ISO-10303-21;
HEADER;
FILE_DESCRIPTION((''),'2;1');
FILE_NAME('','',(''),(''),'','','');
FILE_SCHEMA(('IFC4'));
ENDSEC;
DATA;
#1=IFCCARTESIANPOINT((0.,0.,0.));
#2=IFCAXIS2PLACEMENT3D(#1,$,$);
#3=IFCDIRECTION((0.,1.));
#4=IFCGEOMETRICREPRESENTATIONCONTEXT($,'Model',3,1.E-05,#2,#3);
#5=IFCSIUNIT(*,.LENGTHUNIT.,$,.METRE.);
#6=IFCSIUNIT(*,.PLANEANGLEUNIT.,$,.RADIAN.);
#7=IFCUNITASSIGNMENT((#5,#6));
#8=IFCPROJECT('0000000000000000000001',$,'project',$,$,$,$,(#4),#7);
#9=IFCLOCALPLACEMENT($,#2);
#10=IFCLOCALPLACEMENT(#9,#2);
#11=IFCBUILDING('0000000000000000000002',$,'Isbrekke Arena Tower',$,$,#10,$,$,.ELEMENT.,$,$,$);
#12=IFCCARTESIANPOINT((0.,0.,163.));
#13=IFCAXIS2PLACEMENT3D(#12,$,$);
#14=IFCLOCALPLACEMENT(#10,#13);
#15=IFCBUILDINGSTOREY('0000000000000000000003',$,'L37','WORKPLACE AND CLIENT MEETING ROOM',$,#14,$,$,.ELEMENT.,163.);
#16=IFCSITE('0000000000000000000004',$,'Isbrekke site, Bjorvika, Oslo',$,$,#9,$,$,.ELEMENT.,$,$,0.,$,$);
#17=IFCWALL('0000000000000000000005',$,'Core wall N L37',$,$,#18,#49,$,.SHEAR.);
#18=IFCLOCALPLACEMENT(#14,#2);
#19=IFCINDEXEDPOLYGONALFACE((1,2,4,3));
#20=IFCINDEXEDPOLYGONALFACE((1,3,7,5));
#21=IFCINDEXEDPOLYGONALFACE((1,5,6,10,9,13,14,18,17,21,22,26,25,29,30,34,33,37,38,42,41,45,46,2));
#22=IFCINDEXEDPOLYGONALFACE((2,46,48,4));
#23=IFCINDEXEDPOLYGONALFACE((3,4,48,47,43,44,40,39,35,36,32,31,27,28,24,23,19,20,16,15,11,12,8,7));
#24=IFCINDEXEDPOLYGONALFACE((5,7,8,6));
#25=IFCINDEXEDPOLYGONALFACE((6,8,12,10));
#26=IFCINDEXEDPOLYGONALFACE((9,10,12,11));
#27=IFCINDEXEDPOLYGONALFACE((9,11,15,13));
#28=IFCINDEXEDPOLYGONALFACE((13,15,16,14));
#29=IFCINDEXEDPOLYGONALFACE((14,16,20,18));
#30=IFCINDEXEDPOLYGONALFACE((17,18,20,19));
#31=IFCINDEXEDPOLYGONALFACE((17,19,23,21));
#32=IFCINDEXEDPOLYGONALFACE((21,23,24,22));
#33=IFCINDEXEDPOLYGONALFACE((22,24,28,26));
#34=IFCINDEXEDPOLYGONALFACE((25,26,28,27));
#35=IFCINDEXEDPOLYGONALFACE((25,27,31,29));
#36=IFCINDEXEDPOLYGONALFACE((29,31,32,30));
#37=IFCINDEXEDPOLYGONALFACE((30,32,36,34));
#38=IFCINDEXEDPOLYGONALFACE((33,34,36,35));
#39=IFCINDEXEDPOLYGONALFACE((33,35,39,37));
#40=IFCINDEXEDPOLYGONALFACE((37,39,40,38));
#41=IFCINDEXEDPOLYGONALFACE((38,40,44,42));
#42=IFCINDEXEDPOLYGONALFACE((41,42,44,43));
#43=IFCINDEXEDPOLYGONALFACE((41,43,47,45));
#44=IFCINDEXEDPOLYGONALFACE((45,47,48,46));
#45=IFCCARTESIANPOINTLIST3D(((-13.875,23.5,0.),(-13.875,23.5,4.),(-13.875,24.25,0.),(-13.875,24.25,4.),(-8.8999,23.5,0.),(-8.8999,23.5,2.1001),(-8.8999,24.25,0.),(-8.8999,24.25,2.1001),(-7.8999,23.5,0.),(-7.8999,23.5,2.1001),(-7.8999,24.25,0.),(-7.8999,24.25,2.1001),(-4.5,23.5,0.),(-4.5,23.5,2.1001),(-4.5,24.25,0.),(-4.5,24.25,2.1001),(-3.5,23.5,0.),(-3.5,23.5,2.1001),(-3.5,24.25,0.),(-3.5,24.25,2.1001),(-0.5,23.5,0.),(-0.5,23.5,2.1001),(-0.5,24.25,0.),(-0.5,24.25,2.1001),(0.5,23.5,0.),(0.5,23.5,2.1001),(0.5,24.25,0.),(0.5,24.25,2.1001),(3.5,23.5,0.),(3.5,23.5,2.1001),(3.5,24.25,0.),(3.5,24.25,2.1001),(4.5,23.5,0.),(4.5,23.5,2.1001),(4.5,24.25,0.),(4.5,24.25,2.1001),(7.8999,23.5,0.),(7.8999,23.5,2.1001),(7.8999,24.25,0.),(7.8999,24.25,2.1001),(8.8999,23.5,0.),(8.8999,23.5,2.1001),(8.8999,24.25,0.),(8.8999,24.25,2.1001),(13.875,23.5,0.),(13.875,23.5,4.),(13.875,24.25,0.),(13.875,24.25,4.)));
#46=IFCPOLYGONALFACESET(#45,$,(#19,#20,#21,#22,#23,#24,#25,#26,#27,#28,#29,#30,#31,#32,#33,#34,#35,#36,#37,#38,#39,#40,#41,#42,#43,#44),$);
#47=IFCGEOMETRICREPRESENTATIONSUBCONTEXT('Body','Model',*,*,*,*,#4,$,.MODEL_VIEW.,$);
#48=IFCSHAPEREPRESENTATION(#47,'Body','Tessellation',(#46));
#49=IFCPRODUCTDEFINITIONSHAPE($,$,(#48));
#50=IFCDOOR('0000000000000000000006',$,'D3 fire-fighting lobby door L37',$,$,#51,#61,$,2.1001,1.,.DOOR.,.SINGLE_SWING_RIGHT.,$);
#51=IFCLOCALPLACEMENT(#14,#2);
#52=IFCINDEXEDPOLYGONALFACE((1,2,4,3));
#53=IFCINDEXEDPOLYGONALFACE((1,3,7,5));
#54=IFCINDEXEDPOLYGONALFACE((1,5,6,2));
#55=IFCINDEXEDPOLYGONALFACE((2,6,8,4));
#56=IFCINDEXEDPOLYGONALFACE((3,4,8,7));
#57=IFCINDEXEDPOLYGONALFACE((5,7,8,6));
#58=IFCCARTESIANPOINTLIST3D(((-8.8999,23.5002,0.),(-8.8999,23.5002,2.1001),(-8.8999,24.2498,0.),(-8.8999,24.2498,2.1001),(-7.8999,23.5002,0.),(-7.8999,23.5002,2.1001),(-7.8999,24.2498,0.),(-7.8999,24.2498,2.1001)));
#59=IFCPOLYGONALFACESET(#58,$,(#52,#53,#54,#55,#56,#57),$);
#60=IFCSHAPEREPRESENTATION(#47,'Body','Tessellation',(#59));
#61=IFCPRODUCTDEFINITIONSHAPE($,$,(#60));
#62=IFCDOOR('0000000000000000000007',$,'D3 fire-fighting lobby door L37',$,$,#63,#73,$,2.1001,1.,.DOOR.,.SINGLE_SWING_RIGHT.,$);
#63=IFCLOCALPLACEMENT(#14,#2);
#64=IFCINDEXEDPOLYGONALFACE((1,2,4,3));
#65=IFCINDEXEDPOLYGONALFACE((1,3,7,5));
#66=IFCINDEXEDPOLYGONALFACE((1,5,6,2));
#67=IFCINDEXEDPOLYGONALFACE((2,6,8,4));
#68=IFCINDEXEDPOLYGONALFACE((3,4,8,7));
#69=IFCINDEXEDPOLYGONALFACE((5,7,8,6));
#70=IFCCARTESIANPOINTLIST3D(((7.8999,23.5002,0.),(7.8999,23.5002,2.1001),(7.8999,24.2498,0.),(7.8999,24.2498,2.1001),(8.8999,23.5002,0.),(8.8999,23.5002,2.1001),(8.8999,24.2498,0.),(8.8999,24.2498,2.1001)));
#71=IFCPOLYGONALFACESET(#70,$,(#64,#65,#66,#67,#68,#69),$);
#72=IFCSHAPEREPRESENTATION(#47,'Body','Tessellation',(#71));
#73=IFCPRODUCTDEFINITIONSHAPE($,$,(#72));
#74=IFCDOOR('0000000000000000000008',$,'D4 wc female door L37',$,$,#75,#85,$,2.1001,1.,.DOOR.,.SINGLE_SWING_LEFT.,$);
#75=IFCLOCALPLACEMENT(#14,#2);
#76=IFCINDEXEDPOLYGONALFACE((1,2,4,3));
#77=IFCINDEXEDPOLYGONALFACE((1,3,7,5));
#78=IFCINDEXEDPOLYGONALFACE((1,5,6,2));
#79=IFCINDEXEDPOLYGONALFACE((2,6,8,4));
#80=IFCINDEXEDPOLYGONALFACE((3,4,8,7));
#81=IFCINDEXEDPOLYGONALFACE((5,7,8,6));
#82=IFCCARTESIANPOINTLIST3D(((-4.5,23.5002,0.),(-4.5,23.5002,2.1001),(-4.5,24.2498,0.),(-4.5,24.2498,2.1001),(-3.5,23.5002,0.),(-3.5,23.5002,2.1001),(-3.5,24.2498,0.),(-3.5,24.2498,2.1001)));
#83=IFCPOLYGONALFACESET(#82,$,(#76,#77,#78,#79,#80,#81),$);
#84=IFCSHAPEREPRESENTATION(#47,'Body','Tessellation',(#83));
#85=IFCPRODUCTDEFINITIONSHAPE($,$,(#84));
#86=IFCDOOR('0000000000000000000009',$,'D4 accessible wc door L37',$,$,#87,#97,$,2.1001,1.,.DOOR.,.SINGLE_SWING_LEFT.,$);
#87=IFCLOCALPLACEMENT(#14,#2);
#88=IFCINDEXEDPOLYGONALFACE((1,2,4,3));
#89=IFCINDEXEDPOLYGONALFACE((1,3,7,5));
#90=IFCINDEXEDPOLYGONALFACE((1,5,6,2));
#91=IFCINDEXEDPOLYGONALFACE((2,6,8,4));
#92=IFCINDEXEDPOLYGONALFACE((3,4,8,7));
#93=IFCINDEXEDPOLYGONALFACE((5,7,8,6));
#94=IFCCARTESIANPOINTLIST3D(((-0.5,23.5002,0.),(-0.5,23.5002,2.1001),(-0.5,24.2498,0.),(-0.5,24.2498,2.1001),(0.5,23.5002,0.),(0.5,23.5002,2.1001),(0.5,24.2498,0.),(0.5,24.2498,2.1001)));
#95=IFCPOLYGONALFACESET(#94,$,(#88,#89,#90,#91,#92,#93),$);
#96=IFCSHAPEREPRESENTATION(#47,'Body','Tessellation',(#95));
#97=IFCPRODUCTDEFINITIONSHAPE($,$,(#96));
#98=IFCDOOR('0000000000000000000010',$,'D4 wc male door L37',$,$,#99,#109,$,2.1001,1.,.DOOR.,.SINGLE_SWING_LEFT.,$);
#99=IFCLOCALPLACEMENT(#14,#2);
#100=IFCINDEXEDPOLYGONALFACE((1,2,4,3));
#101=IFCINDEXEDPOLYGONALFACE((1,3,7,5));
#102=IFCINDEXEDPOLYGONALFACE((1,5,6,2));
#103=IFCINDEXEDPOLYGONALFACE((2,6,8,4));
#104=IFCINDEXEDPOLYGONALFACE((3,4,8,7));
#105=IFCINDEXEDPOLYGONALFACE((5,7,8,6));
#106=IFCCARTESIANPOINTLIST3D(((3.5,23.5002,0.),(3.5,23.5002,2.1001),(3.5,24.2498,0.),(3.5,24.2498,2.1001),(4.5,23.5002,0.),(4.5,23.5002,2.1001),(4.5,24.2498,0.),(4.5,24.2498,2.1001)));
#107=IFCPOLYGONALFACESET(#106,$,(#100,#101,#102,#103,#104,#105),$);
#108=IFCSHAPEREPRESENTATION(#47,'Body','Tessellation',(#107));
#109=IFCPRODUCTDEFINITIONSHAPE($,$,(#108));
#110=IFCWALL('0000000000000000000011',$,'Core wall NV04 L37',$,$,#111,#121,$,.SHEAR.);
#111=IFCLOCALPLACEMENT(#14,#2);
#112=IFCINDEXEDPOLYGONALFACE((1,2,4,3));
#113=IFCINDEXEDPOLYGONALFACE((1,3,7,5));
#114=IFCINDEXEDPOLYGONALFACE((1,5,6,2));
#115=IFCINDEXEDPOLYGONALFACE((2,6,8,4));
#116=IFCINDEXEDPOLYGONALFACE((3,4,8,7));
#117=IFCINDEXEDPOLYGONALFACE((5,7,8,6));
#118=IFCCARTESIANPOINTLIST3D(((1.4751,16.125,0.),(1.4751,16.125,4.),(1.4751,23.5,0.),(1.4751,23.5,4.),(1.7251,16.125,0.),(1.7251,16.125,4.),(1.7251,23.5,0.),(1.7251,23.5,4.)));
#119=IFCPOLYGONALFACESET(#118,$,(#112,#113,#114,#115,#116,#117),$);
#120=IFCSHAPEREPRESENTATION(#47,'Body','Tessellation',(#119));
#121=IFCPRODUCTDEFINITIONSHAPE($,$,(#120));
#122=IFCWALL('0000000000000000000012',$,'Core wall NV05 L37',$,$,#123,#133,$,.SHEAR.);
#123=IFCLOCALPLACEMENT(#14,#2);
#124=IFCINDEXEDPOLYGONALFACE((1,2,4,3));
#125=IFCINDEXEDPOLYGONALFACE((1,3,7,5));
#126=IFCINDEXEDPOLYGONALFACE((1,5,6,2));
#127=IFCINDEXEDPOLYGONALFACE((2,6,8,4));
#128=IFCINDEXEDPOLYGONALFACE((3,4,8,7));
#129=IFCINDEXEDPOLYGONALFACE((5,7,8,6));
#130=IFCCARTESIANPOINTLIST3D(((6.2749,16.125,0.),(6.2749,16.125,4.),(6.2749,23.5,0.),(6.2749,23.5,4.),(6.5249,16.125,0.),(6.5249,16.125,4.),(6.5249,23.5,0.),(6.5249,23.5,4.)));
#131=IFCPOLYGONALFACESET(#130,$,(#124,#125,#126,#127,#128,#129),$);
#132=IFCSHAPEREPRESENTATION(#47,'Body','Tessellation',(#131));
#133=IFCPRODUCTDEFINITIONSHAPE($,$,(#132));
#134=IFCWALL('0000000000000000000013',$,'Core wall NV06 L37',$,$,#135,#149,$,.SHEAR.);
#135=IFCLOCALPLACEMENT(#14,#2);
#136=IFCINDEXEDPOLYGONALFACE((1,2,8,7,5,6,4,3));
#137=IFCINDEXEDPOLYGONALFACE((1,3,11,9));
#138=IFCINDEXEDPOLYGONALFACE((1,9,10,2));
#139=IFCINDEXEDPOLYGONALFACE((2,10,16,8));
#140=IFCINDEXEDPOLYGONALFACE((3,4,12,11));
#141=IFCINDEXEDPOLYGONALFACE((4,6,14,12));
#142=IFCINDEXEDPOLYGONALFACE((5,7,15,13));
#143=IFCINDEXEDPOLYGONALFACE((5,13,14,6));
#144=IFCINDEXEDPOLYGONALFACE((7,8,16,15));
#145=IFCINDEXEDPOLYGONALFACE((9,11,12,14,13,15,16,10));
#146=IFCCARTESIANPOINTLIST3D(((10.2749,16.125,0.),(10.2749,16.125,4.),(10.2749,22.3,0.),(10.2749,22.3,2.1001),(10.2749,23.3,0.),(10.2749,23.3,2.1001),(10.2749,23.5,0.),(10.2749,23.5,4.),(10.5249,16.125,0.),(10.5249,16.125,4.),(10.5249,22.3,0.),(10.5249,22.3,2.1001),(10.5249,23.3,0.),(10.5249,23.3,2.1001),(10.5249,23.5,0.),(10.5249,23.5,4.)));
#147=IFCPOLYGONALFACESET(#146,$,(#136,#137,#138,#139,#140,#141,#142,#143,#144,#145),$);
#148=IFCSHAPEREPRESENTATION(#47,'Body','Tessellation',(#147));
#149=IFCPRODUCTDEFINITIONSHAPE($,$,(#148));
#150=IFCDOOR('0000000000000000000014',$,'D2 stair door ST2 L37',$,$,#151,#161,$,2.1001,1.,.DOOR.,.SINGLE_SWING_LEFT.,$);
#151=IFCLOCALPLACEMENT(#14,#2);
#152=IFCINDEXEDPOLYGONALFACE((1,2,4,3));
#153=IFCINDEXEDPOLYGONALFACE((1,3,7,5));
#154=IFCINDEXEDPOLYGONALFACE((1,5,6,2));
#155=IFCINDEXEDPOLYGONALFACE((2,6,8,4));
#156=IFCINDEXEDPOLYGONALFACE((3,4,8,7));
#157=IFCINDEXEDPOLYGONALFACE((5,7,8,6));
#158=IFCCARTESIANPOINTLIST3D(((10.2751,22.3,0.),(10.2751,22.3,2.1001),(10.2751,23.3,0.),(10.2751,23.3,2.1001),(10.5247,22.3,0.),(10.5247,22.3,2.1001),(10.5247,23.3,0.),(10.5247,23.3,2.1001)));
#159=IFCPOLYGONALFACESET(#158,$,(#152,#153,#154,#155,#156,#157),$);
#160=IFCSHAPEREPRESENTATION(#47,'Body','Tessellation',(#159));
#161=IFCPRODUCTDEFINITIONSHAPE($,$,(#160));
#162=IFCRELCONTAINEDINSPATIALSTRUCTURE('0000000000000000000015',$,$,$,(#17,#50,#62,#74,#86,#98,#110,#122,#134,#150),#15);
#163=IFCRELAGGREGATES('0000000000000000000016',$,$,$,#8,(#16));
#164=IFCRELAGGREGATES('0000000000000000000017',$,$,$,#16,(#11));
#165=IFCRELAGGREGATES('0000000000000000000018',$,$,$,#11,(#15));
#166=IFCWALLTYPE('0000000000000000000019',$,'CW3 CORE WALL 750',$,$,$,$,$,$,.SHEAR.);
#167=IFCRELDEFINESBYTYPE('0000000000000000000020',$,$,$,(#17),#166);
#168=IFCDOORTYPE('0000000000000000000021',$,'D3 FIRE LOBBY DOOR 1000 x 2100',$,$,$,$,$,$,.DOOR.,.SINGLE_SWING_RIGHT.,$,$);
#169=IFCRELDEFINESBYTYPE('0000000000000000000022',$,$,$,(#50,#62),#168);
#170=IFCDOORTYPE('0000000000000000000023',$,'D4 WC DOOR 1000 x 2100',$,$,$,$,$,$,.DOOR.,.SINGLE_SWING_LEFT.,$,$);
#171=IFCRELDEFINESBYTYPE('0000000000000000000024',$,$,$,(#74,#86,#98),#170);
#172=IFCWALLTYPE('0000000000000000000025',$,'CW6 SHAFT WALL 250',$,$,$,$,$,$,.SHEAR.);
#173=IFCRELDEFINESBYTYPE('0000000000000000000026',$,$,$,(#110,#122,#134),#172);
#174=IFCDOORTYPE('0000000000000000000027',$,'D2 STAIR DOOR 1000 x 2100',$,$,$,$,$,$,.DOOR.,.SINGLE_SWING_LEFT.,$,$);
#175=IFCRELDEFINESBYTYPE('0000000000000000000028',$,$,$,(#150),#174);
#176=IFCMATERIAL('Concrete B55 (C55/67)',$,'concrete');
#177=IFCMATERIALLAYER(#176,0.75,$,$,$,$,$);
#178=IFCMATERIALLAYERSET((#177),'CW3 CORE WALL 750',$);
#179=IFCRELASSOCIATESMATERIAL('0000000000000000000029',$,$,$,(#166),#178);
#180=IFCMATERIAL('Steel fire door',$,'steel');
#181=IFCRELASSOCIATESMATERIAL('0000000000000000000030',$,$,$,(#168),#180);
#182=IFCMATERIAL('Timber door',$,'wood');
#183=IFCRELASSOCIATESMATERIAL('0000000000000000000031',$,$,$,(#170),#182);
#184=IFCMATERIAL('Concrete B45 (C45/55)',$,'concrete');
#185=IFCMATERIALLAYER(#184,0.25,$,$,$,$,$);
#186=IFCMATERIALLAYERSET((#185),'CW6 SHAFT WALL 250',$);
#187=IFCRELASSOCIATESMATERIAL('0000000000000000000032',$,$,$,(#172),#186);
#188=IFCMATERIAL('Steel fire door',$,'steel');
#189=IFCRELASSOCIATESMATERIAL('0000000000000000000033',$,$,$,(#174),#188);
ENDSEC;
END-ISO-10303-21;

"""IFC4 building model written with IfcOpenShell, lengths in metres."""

from ifc_helpers import new_model, si_unit, direction, frame, frame_2d, origin, place, context, subcontext, project, spatial, rectangle, extrude, material, layer, layer_set, type_object, element, fill, save


model = new_model("IFC4")

# Units and contexts
model_context = context("Model", 3, precision=1e-05, world=origin(), true_north=direction((0.0, 1.0)))
body_context = subcontext(model_context, "Body", "Model", "MODEL_VIEW")
ifc_project = project(units=[si_unit("LENGTHUNIT", "METRE"), si_unit("PLANEANGLEUNIT", "RADIAN")], contexts=[model_context])

# Site, building, storey
site_placement = place(None, origin())
site = spatial("IfcSite", under=ifc_project, at=site_placement, Name="Isbrekke site, Bjorvika, Oslo", CompositionType="ELEMENT", RefElevation=0.0)
building_placement = place(site_placement, origin())
building = spatial("IfcBuilding", under=site, at=building_placement, Name="Isbrekke Arena Tower", CompositionType="ELEMENT")
storey_placement = place(building_placement, frame((0.0, 0.0, 163.0)))
storey = spatial("IfcBuildingStorey", under=building, at=storey_placement, Name="L37", Description="WORKPLACE AND CLIENT MEETING ROOM", CompositionType="ELEMENT", Elevation=163.0)

# Wall, openings, doors
ifc_material_1 = material(Name="Concrete B55 (C55/67)", Category="concrete")
ifc_layer_1 = layer(ifc_material_1, 0.75)
ifc_layer_set_1 = layer_set([ifc_layer_1], Name="CW3 CORE WALL 750")
wall_type_1 = type_object("IfcWallType", Name="CW3 CORE WALL 750", PredefinedType="SHEAR", material=ifc_layer_set_1)
wall_1_placement = place(storey_placement, frame((13.875, 23.875, 0.0), z_axis=(0.0, 0.0, 1.0), x_axis=(-1.0, 0.0, 0.0)))
wall_1 = element("IfcWall", 1, at=wall_1_placement, inside=storey, type_object=wall_type_1, Name="Core wall N L37", PredefinedType="SHEAR", context=body_context, shape_type="SweptSolid", body=[
    extrude(rectangle(XDim=27.75, YDim=0.75, at=frame_2d((13.875, 0.0))), origin(), (0.0, 0.0, 1.0), 4.0),
])
opening_1_placement = place(wall_1_placement, frame((21.7749, 0.0, 0.0)))
opening_1 = element("IfcOpeningElement", 2, at=opening_1_placement, cuts=wall_1, PredefinedType="OPENING", context=body_context, shape_type="SweptSolid", body=[
    extrude(rectangle(XDim=1.0, YDim=2.1001, at=frame_2d((0.5, 1.05))), frame((0.0, 0.3899, 0.0), z_axis=(0.0, -1.0, 0.0), x_axis=(1.0, 0.0, 0.0)), (0.0, 0.0, 1.0), 0.7798),
])
opening_2_placement = place(wall_1_placement, frame((4.9751, 0.0, 0.0)))
opening_2 = element("IfcOpeningElement", 3, at=opening_2_placement, cuts=wall_1, PredefinedType="OPENING", context=body_context, shape_type="SweptSolid", body=[
    extrude(rectangle(XDim=1.0, YDim=2.1001, at=frame_2d((0.5, 1.05))), frame((0.0, 0.3899, 0.0), z_axis=(0.0, -1.0, 0.0), x_axis=(1.0, 0.0, 0.0)), (0.0, 0.0, 1.0), 0.7798),
])
opening_3_placement = place(wall_1_placement, frame((17.375, 0.0, 0.0)))
opening_3 = element("IfcOpeningElement", 4, at=opening_3_placement, cuts=wall_1, PredefinedType="OPENING", context=body_context, shape_type="SweptSolid", body=[
    extrude(rectangle(XDim=1.0, YDim=2.1001, at=frame_2d((0.5, 1.05))), frame((0.0, 0.3899, 0.0), z_axis=(0.0, -1.0, 0.0), x_axis=(1.0, 0.0, 0.0)), (0.0, 0.0, 1.0), 0.7798),
])
opening_4_placement = place(wall_1_placement, frame((13.375, 0.0, 0.0)))
opening_4 = element("IfcOpeningElement", 5, at=opening_4_placement, cuts=wall_1, PredefinedType="OPENING", context=body_context, shape_type="SweptSolid", body=[
    extrude(rectangle(XDim=1.0, YDim=2.1001, at=frame_2d((0.5, 1.05))), frame((0.0, 0.3899, 0.0), z_axis=(0.0, -1.0, 0.0), x_axis=(1.0, 0.0, 0.0)), (0.0, 0.0, 1.0), 0.7798),
])
opening_5_placement = place(wall_1_placement, frame((9.375, 0.0, 0.0)))
opening_5 = element("IfcOpeningElement", 6, at=opening_5_placement, cuts=wall_1, PredefinedType="OPENING", context=body_context, shape_type="SweptSolid", body=[
    extrude(rectangle(XDim=1.0, YDim=2.1001, at=frame_2d((0.5, 1.05))), frame((0.0, 0.3899, 0.0), z_axis=(0.0, -1.0, 0.0), x_axis=(1.0, 0.0, 0.0)), (0.0, 0.0, 1.0), 0.7798),
])
ifc_material_2 = material(Name="Steel fire door", Category="steel")
door_type_1 = type_object("IfcDoorType", Name="D3 FIRE LOBBY DOOR 1000 x 2100", OperationType="SINGLE_SWING_RIGHT", PredefinedType="DOOR", material=ifc_material_2)
door_1_placement = place(opening_1_placement, origin())
door_1 = element("IfcDoor", 7, at=door_1_placement, inside=storey, type_object=door_type_1, Name="D3 fire-fighting lobby door L37", OperationType="SINGLE_SWING_RIGHT", OverallHeight=2.1001, OverallWidth=1.0, PredefinedType="DOOR", context=body_context, shape_type="SweptSolid", body=[
    extrude(rectangle(XDim=1.0, YDim=2.1001, at=frame_2d((0.5, 1.05))), frame((0.0, 0.3748, 0.0), z_axis=(0.0, -1.0, 0.0), x_axis=(1.0, 0.0, 0.0)), (0.0, 0.0, 1.0), 0.7495),
])
fill(opening_1, door_1)
door_2_placement = place(opening_2_placement, origin())
door_2 = element("IfcDoor", 8, at=door_2_placement, inside=storey, type_object=door_type_1, Name="D3 fire-fighting lobby door L37", OperationType="SINGLE_SWING_RIGHT", OverallHeight=2.1001, OverallWidth=1.0, PredefinedType="DOOR", context=body_context, shape_type="SweptSolid", body=[
    extrude(rectangle(XDim=1.0, YDim=2.1001, at=frame_2d((0.5, 1.05))), frame((0.0, 0.3748, 0.0), z_axis=(0.0, -1.0, 0.0), x_axis=(1.0, 0.0, 0.0)), (0.0, 0.0, 1.0), 0.7495),
])
fill(opening_2, door_2)
ifc_material_3 = material(Name="Timber door", Category="wood")
door_type_2 = type_object("IfcDoorType", Name="D4 WC DOOR 1000 x 2100", OperationType="SINGLE_SWING_LEFT", PredefinedType="DOOR", material=ifc_material_3)
door_3_placement = place(opening_3_placement, origin())
door_3 = element("IfcDoor", 9, at=door_3_placement, inside=storey, type_object=door_type_2, Name="D4 wc female door L37", OperationType="SINGLE_SWING_LEFT", OverallHeight=2.1001, OverallWidth=1.0, PredefinedType="DOOR", context=body_context, shape_type="SweptSolid", body=[
    extrude(rectangle(XDim=1.0, YDim=2.1001, at=frame_2d((0.5, 1.05))), frame((0.0, 0.3748, 0.0), z_axis=(0.0, -1.0, 0.0), x_axis=(1.0, 0.0, 0.0)), (0.0, 0.0, 1.0), 0.7495),
])
fill(opening_3, door_3)
door_4_placement = place(opening_4_placement, origin())
door_4 = element("IfcDoor", 10, at=door_4_placement, inside=storey, type_object=door_type_2, Name="D4 accessible wc door L37", OperationType="SINGLE_SWING_LEFT", OverallHeight=2.1001, OverallWidth=1.0, PredefinedType="DOOR", context=body_context, shape_type="SweptSolid", body=[
    extrude(rectangle(XDim=1.0, YDim=2.1001, at=frame_2d((0.5, 1.05))), frame((0.0, 0.3748, 0.0), z_axis=(0.0, -1.0, 0.0), x_axis=(1.0, 0.0, 0.0)), (0.0, 0.0, 1.0), 0.7495),
])
fill(opening_4, door_4)
door_5_placement = place(opening_5_placement, origin())
door_5 = element("IfcDoor", 11, at=door_5_placement, inside=storey, type_object=door_type_2, Name="D4 wc male door L37", OperationType="SINGLE_SWING_LEFT", OverallHeight=2.1001, OverallWidth=1.0, PredefinedType="DOOR", context=body_context, shape_type="SweptSolid", body=[
    extrude(rectangle(XDim=1.0, YDim=2.1001, at=frame_2d((0.5, 1.05))), frame((0.0, 0.3748, 0.0), z_axis=(0.0, -1.0, 0.0), x_axis=(1.0, 0.0, 0.0)), (0.0, 0.0, 1.0), 0.7495),
])
fill(opening_5, door_5)

# Walls
ifc_material_4 = material(Name="Concrete B45 (C45/55)", Category="concrete")
ifc_layer_2 = layer(ifc_material_4, 0.25)
ifc_layer_set_2 = layer_set([ifc_layer_2], Name="CW6 SHAFT WALL 250")
wall_type_2 = type_object("IfcWallType", Name="CW6 SHAFT WALL 250", PredefinedType="SHEAR", material=ifc_layer_set_2)
for number, where, z_axis, x_axis, name in (
    (12, (1.6001, 16.125, 0.0), (0.0, 0.0, 1.0), (0.0, 1.0, 0.0), "Core wall NV04 L37"),
    (13, (6.3999, 16.125, 0.0), (0.0, 0.0, 1.0), (0.0, 1.0, 0.0), "Core wall NV05 L37"),
):
    element("IfcWall", number, at=place(storey_placement, frame(where, z_axis=z_axis, x_axis=x_axis)), inside=storey, type_object=wall_type_2, Name=name, PredefinedType="SHEAR", context=body_context, shape_type="SweptSolid", body=[
        extrude(rectangle(XDim=7.375, YDim=0.25, at=frame_2d((3.6875, 0.0))), origin(), (0.0, 0.0, 1.0), 4.0),
    ])

# Wall, opening, door
wall_2_placement = place(storey_placement, frame((10.3999, 16.125, 0.0), z_axis=(0.0, 0.0, 1.0), x_axis=(0.0, 1.0, 0.0)))
wall_2 = element("IfcWall", 14, at=wall_2_placement, inside=storey, type_object=wall_type_2, Name="Core wall NV06 L37", PredefinedType="SHEAR", context=body_context, shape_type="SweptSolid", body=[
    extrude(rectangle(XDim=7.375, YDim=0.25, at=frame_2d((3.6875, 0.0))), origin(), (0.0, 0.0, 1.0), 4.0),
])
opening_6_placement = place(wall_2_placement, frame((6.175, 0.0, 0.0)))
opening_6 = element("IfcOpeningElement", 15, at=opening_6_placement, cuts=wall_2, PredefinedType="OPENING", context=body_context, shape_type="SweptSolid", body=[
    extrude(rectangle(XDim=1.0, YDim=2.1001, at=frame_2d((0.5, 1.05))), frame((0.0, 0.1399, 0.0), z_axis=(0.0, -1.0, 0.0), x_axis=(1.0, 0.0, 0.0)), (0.0, 0.0, 1.0), 0.2798),
])
ifc_material_5 = material(Name="Steel fire door", Category="steel")
door_type_3 = type_object("IfcDoorType", Name="D2 STAIR DOOR 1000 x 2100", OperationType="SINGLE_SWING_LEFT", PredefinedType="DOOR", material=ifc_material_5)
door_6_placement = place(opening_6_placement, origin())
door_6 = element("IfcDoor", 16, at=door_6_placement, inside=storey, type_object=door_type_3, Name="D2 stair door ST2 L37", OperationType="SINGLE_SWING_LEFT", OverallHeight=2.1001, OverallWidth=1.0, PredefinedType="DOOR", context=body_context, shape_type="SweptSolid", body=[
    extrude(rectangle(XDim=1.0, YDim=2.1001, at=frame_2d((0.5, 1.05))), frame((0.0, 0.1248, 0.0), z_axis=(0.0, -1.0, 0.0), x_axis=(1.0, 0.0, 0.0)), (0.0, 0.0, 1.0), 0.2495),
])
fill(opening_6, door_6)

save(model, "model.ifc")
